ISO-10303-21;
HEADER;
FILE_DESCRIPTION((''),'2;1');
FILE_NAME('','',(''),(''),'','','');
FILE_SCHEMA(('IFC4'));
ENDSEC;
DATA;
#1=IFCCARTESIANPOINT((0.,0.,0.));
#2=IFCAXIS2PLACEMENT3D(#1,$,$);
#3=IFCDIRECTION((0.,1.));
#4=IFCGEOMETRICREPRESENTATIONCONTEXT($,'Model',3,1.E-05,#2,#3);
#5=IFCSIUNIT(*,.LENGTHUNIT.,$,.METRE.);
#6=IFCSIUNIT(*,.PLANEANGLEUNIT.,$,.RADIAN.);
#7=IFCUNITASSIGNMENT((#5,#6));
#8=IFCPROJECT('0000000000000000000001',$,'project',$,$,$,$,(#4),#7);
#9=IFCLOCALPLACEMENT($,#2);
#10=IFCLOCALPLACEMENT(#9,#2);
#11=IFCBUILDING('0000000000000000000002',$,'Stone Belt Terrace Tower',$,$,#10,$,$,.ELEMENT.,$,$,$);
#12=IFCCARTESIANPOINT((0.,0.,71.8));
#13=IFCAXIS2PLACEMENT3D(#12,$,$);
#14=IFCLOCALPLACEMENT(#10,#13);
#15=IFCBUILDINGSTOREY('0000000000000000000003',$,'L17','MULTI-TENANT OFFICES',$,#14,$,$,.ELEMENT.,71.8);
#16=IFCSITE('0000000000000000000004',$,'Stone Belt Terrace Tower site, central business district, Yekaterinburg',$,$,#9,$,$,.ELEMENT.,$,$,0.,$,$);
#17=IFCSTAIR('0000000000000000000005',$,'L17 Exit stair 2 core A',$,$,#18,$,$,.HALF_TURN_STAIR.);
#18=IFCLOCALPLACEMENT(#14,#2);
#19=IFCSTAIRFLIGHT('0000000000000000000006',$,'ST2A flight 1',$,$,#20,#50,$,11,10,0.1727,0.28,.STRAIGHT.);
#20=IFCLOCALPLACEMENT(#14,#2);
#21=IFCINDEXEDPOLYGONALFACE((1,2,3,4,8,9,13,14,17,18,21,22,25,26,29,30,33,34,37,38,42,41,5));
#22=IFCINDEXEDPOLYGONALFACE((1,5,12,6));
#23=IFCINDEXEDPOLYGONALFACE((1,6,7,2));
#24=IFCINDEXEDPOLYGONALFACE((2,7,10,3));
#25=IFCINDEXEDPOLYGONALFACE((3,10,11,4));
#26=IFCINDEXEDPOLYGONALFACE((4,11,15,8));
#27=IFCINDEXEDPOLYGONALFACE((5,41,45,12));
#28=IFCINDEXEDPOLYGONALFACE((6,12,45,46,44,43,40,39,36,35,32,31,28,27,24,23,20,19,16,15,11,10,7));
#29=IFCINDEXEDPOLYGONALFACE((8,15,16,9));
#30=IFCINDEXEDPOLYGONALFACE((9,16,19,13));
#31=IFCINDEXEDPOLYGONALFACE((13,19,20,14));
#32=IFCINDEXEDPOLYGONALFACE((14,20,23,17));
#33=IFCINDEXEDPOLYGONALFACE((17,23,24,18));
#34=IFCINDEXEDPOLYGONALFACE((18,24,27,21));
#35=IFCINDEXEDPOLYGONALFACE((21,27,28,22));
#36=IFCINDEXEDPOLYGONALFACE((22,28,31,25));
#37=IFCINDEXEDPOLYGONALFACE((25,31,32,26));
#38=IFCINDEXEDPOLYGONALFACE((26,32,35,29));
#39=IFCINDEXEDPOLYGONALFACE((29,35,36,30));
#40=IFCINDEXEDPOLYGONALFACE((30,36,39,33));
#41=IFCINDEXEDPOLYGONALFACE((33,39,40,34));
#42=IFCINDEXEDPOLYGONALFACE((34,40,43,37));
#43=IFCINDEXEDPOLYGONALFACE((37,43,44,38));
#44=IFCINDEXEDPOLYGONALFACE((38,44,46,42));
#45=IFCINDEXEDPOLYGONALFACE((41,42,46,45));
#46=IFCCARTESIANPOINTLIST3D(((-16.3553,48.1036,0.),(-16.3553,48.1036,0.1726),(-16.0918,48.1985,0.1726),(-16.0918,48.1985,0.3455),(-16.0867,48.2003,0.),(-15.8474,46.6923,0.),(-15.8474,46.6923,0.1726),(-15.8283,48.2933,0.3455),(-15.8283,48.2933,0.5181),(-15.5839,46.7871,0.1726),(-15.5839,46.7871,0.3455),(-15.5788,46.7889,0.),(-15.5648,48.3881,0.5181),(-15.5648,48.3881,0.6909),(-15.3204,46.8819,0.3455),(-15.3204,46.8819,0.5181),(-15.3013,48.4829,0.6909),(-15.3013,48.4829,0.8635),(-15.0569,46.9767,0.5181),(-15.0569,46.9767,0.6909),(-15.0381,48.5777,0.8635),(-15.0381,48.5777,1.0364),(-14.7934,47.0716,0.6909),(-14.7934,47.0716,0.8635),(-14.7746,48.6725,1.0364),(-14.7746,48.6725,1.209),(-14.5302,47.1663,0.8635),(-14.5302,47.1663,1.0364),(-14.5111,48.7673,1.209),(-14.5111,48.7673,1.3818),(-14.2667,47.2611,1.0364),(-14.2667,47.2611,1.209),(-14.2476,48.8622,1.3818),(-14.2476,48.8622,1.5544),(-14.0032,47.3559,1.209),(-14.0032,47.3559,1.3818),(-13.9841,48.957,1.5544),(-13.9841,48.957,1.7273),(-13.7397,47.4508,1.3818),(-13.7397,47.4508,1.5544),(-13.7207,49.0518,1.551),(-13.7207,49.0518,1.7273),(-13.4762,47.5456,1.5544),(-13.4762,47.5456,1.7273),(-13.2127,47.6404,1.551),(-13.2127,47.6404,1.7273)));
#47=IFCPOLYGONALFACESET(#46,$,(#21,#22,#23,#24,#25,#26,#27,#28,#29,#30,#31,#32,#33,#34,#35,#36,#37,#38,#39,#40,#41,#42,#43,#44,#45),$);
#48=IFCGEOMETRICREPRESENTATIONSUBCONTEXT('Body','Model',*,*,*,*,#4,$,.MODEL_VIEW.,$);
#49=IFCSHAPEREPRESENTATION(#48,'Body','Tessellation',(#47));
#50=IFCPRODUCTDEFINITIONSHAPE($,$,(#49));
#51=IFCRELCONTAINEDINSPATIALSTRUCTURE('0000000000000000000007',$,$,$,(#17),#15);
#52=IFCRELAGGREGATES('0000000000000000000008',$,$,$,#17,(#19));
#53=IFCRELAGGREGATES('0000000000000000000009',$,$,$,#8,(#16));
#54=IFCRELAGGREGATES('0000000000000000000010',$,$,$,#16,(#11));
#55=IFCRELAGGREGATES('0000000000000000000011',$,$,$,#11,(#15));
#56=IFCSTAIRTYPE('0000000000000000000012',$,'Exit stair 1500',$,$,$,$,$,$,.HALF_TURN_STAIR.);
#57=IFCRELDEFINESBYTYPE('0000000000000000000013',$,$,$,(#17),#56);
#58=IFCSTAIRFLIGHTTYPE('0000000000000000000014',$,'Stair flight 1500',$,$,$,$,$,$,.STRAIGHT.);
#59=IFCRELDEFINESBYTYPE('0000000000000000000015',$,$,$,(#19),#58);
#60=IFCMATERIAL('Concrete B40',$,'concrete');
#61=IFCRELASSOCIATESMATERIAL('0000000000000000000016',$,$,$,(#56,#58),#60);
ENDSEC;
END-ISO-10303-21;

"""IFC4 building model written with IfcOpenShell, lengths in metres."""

from ifc_helpers import new_model, si_unit, direction, frame, origin, place, context, subcontext, project, spatial, polyline, outline, extrude, material, type_object, element, aggregate, save


model = new_model("IFC4")

# Units and contexts
model_context = context("Model", 3, precision=1e-05, world=origin(), true_north=direction((0.0, 1.0)))
body_context = subcontext(model_context, "Body", "Model", "MODEL_VIEW")
ifc_project = project(units=[si_unit("LENGTHUNIT", "METRE"), si_unit("PLANEANGLEUNIT", "RADIAN")], contexts=[model_context])

# Site, building, storey
site_placement = place(None, origin())
site = spatial("IfcSite", under=ifc_project, at=site_placement, Name="Stone Belt Terrace Tower site, central business district, Yekaterinburg", CompositionType="ELEMENT", RefElevation=0.0)
building_placement = place(site_placement, origin())
building = spatial("IfcBuilding", under=site, at=building_placement, Name="Stone Belt Terrace Tower", CompositionType="ELEMENT")
storey_placement = place(building_placement, frame((0.0, 0.0, 71.8)))
storey = spatial("IfcBuildingStorey", under=building, at=storey_placement, Name="L17", Description="MULTI-TENANT OFFICES", CompositionType="ELEMENT", Elevation=71.8)

# Stair, stair flight
ifc_material_1 = material(Name="Concrete B40", Category="concrete")
stair_type = type_object("IfcStairType", Name="Exit stair 1500", PredefinedType="HALF_TURN_STAIR", material=ifc_material_1)
stair_placement = place(storey_placement, origin())
stair = element("IfcStair", 1, at=stair_placement, inside=storey, type_object=stair_type, Name="L17 Exit stair 2 core A", PredefinedType="HALF_TURN_STAIR")
stair_flight_type = type_object("IfcStairFlightType", Name="Stair flight 1500", PredefinedType="STRAIGHT", material=ifc_material_1)
stair_flight_placement = place(storey_placement, frame((-16.1013, 47.3979, 0.0), z_axis=(0.0, 0.0, 1.0), x_axis=(0.940922, 0.338624, 0.0)))
stair_flight = element("IfcStairFlight", 2, at=stair_flight_placement, type_object=stair_flight_type, Name="ST2A flight 1", NumberOfRisers=11, NumberOfTreads=10, PredefinedType="STRAIGHT", RiserHeight=0.1727, TreadLength=0.28, context=body_context, shape_type="SweptSolid", body=[
    extrude(outline(polyline([(0.0, 0.0), (0.0, 0.1726), (0.28, 0.1726), (0.28, 0.3455), (0.5601, 0.3455), (0.5601, 0.5181), (0.8401, 0.5181), (0.8401, 0.6909), (1.1201, 0.6909), (1.1201, 0.8635), (1.3999, 0.8635), (1.3999, 1.0364), (1.6799, 1.0364), (1.6799, 1.209), (1.96, 1.209), (1.96, 1.3818), (2.24, 1.3818), (2.24, 1.5544), (2.52, 1.5544), (2.52, 1.7273), (2.8, 1.7273), (2.8, 1.8999), (2.8, 1.551), (0.2854, 0.0), (0.0, 0.0)])), frame((0.0, 0.75, 0.0), z_axis=(0.0, -1.0, 0.0), x_axis=(1.0, 0.0, 0.0)), (0.0, 0.0, 1.0), 1.5),
])
aggregate(stair, [stair_flight])

save(model, "model.ifc")
